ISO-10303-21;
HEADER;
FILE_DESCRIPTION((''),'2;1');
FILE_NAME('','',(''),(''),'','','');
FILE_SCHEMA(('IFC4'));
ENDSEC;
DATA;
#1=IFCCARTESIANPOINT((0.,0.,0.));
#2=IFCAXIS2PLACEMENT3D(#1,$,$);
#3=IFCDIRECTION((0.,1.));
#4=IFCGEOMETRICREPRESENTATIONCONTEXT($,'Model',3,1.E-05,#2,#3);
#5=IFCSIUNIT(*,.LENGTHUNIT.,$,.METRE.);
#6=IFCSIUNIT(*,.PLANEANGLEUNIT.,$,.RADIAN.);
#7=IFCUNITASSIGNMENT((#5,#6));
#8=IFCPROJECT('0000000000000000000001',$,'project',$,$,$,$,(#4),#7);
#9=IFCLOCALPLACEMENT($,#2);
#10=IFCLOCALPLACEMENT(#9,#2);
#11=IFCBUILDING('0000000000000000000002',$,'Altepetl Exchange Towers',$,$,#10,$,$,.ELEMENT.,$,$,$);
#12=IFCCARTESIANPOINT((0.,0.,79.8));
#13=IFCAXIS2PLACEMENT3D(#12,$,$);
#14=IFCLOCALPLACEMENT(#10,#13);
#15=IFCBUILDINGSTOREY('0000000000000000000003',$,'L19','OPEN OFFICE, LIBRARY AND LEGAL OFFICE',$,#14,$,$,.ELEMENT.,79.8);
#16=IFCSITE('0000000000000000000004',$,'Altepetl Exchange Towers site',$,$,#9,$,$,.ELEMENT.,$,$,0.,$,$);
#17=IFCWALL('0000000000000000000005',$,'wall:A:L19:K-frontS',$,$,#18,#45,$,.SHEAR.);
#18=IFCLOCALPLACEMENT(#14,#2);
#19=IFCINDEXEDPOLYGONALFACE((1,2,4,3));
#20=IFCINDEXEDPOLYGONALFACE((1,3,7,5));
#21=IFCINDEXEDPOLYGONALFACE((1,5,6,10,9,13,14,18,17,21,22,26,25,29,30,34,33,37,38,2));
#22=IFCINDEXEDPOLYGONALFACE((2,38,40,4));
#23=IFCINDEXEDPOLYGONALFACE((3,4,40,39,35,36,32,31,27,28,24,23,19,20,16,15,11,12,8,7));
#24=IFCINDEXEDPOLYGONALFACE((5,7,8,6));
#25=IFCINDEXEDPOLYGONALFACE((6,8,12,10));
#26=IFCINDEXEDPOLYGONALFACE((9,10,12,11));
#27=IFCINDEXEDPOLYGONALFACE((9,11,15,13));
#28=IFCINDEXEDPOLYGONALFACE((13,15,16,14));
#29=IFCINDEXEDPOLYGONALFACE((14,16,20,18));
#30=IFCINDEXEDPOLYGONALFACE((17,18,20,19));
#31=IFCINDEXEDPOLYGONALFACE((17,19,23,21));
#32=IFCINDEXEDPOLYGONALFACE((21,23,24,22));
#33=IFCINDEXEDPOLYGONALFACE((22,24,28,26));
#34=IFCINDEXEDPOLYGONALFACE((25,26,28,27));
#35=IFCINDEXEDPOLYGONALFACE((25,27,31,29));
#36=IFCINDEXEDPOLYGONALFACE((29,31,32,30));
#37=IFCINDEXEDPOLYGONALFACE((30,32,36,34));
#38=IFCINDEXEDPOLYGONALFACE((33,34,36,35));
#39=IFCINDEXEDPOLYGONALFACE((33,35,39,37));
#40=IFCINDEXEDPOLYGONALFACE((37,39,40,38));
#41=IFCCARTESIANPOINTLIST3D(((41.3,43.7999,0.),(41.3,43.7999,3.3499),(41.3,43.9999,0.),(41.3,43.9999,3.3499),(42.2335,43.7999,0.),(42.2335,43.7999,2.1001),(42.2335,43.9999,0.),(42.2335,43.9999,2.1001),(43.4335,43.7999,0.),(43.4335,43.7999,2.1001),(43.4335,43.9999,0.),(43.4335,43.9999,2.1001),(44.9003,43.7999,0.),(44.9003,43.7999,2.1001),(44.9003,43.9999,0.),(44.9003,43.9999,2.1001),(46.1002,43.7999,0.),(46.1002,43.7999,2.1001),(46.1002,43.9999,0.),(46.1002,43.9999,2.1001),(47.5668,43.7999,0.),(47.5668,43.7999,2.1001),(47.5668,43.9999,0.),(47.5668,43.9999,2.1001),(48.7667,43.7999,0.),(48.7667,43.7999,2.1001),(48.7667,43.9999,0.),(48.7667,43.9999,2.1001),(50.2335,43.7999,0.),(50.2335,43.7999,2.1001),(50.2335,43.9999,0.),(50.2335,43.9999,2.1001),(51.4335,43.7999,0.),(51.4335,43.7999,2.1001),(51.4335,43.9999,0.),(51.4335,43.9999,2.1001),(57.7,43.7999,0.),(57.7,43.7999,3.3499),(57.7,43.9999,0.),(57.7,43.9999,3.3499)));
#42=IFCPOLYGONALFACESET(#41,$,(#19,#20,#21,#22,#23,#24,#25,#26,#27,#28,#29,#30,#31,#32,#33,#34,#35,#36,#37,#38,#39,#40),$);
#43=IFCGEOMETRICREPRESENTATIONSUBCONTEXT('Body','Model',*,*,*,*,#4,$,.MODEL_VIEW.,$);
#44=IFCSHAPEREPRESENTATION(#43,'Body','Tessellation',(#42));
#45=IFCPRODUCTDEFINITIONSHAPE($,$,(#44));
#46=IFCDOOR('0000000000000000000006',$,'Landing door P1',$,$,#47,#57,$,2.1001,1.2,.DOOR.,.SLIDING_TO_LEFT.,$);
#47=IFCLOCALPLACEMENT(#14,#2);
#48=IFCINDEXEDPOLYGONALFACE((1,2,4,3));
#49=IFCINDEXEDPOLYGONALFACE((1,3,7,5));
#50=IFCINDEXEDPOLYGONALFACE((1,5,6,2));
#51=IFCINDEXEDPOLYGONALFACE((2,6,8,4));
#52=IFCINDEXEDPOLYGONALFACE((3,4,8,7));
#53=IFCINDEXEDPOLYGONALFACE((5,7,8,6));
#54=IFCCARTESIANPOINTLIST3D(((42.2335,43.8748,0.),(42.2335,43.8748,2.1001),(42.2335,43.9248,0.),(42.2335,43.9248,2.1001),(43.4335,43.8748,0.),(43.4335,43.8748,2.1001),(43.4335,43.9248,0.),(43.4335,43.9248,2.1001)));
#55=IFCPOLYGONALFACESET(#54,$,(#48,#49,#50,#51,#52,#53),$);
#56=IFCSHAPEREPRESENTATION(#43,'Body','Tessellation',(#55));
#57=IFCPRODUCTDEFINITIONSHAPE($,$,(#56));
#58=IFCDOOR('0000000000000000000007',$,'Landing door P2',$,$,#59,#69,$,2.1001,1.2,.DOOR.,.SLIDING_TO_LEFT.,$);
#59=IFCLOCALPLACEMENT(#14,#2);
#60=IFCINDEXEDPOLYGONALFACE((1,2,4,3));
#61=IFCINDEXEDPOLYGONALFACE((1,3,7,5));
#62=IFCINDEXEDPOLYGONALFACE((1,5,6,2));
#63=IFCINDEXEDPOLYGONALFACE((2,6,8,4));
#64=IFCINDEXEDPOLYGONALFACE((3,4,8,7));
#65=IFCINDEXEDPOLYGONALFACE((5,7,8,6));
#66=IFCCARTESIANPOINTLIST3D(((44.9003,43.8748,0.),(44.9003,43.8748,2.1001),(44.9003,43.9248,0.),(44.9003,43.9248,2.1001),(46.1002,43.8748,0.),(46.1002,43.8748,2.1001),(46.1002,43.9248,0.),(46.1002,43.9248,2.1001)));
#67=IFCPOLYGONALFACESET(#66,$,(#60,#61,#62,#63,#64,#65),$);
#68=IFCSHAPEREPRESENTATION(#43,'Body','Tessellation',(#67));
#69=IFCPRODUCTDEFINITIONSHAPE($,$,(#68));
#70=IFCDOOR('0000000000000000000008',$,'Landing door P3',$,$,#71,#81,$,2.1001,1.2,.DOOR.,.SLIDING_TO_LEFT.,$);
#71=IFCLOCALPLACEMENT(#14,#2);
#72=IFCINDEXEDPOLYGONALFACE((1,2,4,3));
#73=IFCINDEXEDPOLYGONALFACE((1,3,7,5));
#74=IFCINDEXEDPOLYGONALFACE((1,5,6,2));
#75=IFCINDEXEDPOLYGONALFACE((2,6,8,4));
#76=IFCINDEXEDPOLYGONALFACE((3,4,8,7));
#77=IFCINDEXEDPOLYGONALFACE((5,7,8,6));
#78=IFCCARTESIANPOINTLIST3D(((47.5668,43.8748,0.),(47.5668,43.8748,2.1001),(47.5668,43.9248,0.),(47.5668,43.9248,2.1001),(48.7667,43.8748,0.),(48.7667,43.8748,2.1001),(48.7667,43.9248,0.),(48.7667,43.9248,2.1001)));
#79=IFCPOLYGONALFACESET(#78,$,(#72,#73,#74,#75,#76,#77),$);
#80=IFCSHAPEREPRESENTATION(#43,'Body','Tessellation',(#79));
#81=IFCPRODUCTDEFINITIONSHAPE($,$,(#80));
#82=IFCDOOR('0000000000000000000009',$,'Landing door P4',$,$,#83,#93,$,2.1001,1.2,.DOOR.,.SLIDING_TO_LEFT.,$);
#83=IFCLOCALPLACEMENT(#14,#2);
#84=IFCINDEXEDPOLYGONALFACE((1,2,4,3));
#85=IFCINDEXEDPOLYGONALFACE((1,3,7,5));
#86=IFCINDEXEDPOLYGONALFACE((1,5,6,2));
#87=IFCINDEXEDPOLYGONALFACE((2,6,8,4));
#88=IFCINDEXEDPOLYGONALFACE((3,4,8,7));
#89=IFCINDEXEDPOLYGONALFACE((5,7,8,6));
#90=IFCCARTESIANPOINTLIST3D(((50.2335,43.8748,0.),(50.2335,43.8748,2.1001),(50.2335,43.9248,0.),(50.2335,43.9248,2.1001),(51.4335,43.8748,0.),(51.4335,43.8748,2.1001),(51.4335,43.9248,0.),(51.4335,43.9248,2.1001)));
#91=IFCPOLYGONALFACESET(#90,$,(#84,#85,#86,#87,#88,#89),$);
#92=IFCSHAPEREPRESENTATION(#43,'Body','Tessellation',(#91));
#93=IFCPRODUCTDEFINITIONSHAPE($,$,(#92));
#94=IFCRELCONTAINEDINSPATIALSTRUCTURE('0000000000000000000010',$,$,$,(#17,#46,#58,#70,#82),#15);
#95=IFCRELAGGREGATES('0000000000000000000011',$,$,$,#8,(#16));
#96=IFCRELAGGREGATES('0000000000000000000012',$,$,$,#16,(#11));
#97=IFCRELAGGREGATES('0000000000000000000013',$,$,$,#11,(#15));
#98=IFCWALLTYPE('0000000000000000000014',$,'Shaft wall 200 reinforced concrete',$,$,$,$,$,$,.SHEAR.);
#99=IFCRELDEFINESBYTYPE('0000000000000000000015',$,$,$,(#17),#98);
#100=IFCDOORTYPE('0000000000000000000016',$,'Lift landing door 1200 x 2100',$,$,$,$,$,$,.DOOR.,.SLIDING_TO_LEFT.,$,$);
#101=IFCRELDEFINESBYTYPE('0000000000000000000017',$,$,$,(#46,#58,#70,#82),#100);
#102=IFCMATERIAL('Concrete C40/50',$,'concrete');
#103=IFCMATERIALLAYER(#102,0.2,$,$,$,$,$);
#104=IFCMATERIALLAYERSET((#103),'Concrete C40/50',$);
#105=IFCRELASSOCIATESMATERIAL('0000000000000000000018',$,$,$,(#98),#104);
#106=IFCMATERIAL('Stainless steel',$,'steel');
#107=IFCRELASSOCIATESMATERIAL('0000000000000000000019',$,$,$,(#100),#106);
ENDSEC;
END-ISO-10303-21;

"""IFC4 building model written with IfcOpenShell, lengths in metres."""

from ifc_helpers import new_model, si_unit, direction, frame, frame_2d, origin, place, context, subcontext, project, spatial, rectangle, extrude, material, layer, layer_set, type_object, element, fill, save


model = new_model("IFC4")

# Units and contexts
model_context = context("Model", 3, precision=1e-05, world=origin(), true_north=direction((0.0, 1.0)))
body_context = subcontext(model_context, "Body", "Model", "MODEL_VIEW")
ifc_project = project(units=[si_unit("LENGTHUNIT", "METRE"), si_unit("PLANEANGLEUNIT", "RADIAN")], contexts=[model_context])

# Site, building, storey
site_placement = place(None, origin())
site = spatial("IfcSite", under=ifc_project, at=site_placement, Name="Altepetl Exchange Towers site", CompositionType="ELEMENT", RefElevation=0.0)
building_placement = place(site_placement, origin())
building = spatial("IfcBuilding", under=site, at=building_placement, Name="Altepetl Exchange Towers", CompositionType="ELEMENT")
storey_placement = place(building_placement, frame((0.0, 0.0, 79.8)))
storey = spatial("IfcBuildingStorey", under=building, at=storey_placement, Name="L19", Description="OPEN OFFICE, LIBRARY AND LEGAL OFFICE", CompositionType="ELEMENT", Elevation=79.8)

# Wall, openings, doors
ifc_material_1 = material(Name="Concrete C40/50", Category="concrete")
ifc_layer_1 = layer(ifc_material_1, 0.2)
ifc_layer_set_1 = layer_set([ifc_layer_1], Name="Concrete C40/50")
wall_type_1 = type_object("IfcWallType", Name="Shaft wall 200 reinforced concrete", PredefinedType="SHEAR", material=ifc_layer_set_1)
wall_1_placement = place(storey_placement, frame((41.3, 43.8999, 0.0)))
wall_1 = element("IfcWall", 1, at=wall_1_placement, inside=storey, type_object=wall_type_1, Name="wall:A:L19:K-frontS", PredefinedType="SHEAR", context=body_context, shape_type="SweptSolid", body=[
    extrude(rectangle(XDim=16.3999, YDim=0.2, at=frame_2d((8.2, 0.0))), origin(), (0.0, 0.0, 1.0), 3.3499),
])
opening_1_placement = place(wall_1_placement, frame((0.9333, 0.0, 0.0)))
opening_1 = element("IfcOpeningElement", 2, at=opening_1_placement, cuts=wall_1, PredefinedType="OPENING", context=body_context, shape_type="SweptSolid", body=[
    extrude(rectangle(XDim=1.2, YDim=2.1001, at=frame_2d((0.6001, 1.05))), frame((0.0, 0.1099, 0.0), z_axis=(0.0, -1.0, 0.0), x_axis=(1.0, 0.0, 0.0)), (0.0, 0.0, 1.0), 0.22),
])
opening_2_placement = place(wall_1_placement, frame((3.6001, 0.0, 0.0)))
opening_2 = element("IfcOpeningElement", 3, at=opening_2_placement, cuts=wall_1, PredefinedType="OPENING", context=body_context, shape_type="SweptSolid", body=[
    extrude(rectangle(XDim=1.2, YDim=2.1001, at=frame_2d((0.6001, 1.05))), frame((0.0, 0.1099, 0.0), z_axis=(0.0, -1.0, 0.0), x_axis=(1.0, 0.0, 0.0)), (0.0, 0.0, 1.0), 0.22),
])
opening_3_placement = place(wall_1_placement, frame((6.2666, 0.0, 0.0)))
opening_3 = element("IfcOpeningElement", 4, at=opening_3_placement, cuts=wall_1, PredefinedType="OPENING", context=body_context, shape_type="SweptSolid", body=[
    extrude(rectangle(XDim=1.2, YDim=2.1001, at=frame_2d((0.6001, 1.05))), frame((0.0, 0.1099, 0.0), z_axis=(0.0, -1.0, 0.0), x_axis=(1.0, 0.0, 0.0)), (0.0, 0.0, 1.0), 0.22),
])
opening_4_placement = place(wall_1_placement, frame((8.9333, 0.0, 0.0)))
opening_4 = element("IfcOpeningElement", 5, at=opening_4_placement, cuts=wall_1, PredefinedType="OPENING", context=body_context, shape_type="SweptSolid", body=[
    extrude(rectangle(XDim=1.2, YDim=2.1001, at=frame_2d((0.6001, 1.05))), frame((0.0, 0.1099, 0.0), z_axis=(0.0, -1.0, 0.0), x_axis=(1.0, 0.0, 0.0)), (0.0, 0.0, 1.0), 0.22),
])
ifc_material_2 = material(Name="Stainless steel", Category="steel")
door_type_1 = type_object("IfcDoorType", Name="Lift landing door 1200 x 2100", OperationType="SLIDING_TO_LEFT", PredefinedType="DOOR", material=ifc_material_2)
door_1_placement = place(opening_1_placement, origin())
door_1 = element("IfcDoor", 6, at=door_1_placement, inside=storey, type_object=door_type_1, Name="Landing door P1", OperationType="SLIDING_TO_LEFT", OverallHeight=2.1001, OverallWidth=1.2, PredefinedType="DOOR", context=body_context, shape_type="SweptSolid", body=[
    extrude(rectangle(XDim=1.2, YDim=2.1001, at=frame_2d((0.6001, 1.05))), frame((0.0, 0.0249, 0.0), z_axis=(0.0, -1.0, 0.0), x_axis=(1.0, 0.0, 0.0)), (0.0, 0.0, 1.0), 0.05),
])
fill(opening_1, door_1)
door_2_placement = place(opening_2_placement, origin())
door_2 = element("IfcDoor", 7, at=door_2_placement, inside=storey, type_object=door_type_1, Name="Landing door P2", OperationType="SLIDING_TO_LEFT", OverallHeight=2.1001, OverallWidth=1.2, PredefinedType="DOOR", context=body_context, shape_type="SweptSolid", body=[
    extrude(rectangle(XDim=1.2, YDim=2.1001, at=frame_2d((0.6001, 1.05))), frame((0.0, 0.0249, 0.0), z_axis=(0.0, -1.0, 0.0), x_axis=(1.0, 0.0, 0.0)), (0.0, 0.0, 1.0), 0.05),
])
fill(opening_2, door_2)
door_3_placement = place(opening_3_placement, origin())
door_3 = element("IfcDoor", 8, at=door_3_placement, inside=storey, type_object=door_type_1, Name="Landing door P3", OperationType="SLIDING_TO_LEFT", OverallHeight=2.1001, OverallWidth=1.2, PredefinedType="DOOR", context=body_context, shape_type="SweptSolid", body=[
    extrude(rectangle(XDim=1.2, YDim=2.1001, at=frame_2d((0.6001, 1.05))), frame((0.0, 0.0249, 0.0), z_axis=(0.0, -1.0, 0.0), x_axis=(1.0, 0.0, 0.0)), (0.0, 0.0, 1.0), 0.05),
])
fill(opening_3, door_3)
door_4_placement = place(opening_4_placement, origin())
door_4 = element("IfcDoor", 9, at=door_4_placement, inside=storey, type_object=door_type_1, Name="Landing door P4", OperationType="SLIDING_TO_LEFT", OverallHeight=2.1001, OverallWidth=1.2, PredefinedType="DOOR", context=body_context, shape_type="SweptSolid", body=[
    extrude(rectangle(XDim=1.2, YDim=2.1001, at=frame_2d((0.6001, 1.05))), frame((0.0, 0.0249, 0.0), z_axis=(0.0, -1.0, 0.0), x_axis=(1.0, 0.0, 0.0)), (0.0, 0.0, 1.0), 0.05),
])
fill(opening_4, door_4)

save(model, "model.ifc")
